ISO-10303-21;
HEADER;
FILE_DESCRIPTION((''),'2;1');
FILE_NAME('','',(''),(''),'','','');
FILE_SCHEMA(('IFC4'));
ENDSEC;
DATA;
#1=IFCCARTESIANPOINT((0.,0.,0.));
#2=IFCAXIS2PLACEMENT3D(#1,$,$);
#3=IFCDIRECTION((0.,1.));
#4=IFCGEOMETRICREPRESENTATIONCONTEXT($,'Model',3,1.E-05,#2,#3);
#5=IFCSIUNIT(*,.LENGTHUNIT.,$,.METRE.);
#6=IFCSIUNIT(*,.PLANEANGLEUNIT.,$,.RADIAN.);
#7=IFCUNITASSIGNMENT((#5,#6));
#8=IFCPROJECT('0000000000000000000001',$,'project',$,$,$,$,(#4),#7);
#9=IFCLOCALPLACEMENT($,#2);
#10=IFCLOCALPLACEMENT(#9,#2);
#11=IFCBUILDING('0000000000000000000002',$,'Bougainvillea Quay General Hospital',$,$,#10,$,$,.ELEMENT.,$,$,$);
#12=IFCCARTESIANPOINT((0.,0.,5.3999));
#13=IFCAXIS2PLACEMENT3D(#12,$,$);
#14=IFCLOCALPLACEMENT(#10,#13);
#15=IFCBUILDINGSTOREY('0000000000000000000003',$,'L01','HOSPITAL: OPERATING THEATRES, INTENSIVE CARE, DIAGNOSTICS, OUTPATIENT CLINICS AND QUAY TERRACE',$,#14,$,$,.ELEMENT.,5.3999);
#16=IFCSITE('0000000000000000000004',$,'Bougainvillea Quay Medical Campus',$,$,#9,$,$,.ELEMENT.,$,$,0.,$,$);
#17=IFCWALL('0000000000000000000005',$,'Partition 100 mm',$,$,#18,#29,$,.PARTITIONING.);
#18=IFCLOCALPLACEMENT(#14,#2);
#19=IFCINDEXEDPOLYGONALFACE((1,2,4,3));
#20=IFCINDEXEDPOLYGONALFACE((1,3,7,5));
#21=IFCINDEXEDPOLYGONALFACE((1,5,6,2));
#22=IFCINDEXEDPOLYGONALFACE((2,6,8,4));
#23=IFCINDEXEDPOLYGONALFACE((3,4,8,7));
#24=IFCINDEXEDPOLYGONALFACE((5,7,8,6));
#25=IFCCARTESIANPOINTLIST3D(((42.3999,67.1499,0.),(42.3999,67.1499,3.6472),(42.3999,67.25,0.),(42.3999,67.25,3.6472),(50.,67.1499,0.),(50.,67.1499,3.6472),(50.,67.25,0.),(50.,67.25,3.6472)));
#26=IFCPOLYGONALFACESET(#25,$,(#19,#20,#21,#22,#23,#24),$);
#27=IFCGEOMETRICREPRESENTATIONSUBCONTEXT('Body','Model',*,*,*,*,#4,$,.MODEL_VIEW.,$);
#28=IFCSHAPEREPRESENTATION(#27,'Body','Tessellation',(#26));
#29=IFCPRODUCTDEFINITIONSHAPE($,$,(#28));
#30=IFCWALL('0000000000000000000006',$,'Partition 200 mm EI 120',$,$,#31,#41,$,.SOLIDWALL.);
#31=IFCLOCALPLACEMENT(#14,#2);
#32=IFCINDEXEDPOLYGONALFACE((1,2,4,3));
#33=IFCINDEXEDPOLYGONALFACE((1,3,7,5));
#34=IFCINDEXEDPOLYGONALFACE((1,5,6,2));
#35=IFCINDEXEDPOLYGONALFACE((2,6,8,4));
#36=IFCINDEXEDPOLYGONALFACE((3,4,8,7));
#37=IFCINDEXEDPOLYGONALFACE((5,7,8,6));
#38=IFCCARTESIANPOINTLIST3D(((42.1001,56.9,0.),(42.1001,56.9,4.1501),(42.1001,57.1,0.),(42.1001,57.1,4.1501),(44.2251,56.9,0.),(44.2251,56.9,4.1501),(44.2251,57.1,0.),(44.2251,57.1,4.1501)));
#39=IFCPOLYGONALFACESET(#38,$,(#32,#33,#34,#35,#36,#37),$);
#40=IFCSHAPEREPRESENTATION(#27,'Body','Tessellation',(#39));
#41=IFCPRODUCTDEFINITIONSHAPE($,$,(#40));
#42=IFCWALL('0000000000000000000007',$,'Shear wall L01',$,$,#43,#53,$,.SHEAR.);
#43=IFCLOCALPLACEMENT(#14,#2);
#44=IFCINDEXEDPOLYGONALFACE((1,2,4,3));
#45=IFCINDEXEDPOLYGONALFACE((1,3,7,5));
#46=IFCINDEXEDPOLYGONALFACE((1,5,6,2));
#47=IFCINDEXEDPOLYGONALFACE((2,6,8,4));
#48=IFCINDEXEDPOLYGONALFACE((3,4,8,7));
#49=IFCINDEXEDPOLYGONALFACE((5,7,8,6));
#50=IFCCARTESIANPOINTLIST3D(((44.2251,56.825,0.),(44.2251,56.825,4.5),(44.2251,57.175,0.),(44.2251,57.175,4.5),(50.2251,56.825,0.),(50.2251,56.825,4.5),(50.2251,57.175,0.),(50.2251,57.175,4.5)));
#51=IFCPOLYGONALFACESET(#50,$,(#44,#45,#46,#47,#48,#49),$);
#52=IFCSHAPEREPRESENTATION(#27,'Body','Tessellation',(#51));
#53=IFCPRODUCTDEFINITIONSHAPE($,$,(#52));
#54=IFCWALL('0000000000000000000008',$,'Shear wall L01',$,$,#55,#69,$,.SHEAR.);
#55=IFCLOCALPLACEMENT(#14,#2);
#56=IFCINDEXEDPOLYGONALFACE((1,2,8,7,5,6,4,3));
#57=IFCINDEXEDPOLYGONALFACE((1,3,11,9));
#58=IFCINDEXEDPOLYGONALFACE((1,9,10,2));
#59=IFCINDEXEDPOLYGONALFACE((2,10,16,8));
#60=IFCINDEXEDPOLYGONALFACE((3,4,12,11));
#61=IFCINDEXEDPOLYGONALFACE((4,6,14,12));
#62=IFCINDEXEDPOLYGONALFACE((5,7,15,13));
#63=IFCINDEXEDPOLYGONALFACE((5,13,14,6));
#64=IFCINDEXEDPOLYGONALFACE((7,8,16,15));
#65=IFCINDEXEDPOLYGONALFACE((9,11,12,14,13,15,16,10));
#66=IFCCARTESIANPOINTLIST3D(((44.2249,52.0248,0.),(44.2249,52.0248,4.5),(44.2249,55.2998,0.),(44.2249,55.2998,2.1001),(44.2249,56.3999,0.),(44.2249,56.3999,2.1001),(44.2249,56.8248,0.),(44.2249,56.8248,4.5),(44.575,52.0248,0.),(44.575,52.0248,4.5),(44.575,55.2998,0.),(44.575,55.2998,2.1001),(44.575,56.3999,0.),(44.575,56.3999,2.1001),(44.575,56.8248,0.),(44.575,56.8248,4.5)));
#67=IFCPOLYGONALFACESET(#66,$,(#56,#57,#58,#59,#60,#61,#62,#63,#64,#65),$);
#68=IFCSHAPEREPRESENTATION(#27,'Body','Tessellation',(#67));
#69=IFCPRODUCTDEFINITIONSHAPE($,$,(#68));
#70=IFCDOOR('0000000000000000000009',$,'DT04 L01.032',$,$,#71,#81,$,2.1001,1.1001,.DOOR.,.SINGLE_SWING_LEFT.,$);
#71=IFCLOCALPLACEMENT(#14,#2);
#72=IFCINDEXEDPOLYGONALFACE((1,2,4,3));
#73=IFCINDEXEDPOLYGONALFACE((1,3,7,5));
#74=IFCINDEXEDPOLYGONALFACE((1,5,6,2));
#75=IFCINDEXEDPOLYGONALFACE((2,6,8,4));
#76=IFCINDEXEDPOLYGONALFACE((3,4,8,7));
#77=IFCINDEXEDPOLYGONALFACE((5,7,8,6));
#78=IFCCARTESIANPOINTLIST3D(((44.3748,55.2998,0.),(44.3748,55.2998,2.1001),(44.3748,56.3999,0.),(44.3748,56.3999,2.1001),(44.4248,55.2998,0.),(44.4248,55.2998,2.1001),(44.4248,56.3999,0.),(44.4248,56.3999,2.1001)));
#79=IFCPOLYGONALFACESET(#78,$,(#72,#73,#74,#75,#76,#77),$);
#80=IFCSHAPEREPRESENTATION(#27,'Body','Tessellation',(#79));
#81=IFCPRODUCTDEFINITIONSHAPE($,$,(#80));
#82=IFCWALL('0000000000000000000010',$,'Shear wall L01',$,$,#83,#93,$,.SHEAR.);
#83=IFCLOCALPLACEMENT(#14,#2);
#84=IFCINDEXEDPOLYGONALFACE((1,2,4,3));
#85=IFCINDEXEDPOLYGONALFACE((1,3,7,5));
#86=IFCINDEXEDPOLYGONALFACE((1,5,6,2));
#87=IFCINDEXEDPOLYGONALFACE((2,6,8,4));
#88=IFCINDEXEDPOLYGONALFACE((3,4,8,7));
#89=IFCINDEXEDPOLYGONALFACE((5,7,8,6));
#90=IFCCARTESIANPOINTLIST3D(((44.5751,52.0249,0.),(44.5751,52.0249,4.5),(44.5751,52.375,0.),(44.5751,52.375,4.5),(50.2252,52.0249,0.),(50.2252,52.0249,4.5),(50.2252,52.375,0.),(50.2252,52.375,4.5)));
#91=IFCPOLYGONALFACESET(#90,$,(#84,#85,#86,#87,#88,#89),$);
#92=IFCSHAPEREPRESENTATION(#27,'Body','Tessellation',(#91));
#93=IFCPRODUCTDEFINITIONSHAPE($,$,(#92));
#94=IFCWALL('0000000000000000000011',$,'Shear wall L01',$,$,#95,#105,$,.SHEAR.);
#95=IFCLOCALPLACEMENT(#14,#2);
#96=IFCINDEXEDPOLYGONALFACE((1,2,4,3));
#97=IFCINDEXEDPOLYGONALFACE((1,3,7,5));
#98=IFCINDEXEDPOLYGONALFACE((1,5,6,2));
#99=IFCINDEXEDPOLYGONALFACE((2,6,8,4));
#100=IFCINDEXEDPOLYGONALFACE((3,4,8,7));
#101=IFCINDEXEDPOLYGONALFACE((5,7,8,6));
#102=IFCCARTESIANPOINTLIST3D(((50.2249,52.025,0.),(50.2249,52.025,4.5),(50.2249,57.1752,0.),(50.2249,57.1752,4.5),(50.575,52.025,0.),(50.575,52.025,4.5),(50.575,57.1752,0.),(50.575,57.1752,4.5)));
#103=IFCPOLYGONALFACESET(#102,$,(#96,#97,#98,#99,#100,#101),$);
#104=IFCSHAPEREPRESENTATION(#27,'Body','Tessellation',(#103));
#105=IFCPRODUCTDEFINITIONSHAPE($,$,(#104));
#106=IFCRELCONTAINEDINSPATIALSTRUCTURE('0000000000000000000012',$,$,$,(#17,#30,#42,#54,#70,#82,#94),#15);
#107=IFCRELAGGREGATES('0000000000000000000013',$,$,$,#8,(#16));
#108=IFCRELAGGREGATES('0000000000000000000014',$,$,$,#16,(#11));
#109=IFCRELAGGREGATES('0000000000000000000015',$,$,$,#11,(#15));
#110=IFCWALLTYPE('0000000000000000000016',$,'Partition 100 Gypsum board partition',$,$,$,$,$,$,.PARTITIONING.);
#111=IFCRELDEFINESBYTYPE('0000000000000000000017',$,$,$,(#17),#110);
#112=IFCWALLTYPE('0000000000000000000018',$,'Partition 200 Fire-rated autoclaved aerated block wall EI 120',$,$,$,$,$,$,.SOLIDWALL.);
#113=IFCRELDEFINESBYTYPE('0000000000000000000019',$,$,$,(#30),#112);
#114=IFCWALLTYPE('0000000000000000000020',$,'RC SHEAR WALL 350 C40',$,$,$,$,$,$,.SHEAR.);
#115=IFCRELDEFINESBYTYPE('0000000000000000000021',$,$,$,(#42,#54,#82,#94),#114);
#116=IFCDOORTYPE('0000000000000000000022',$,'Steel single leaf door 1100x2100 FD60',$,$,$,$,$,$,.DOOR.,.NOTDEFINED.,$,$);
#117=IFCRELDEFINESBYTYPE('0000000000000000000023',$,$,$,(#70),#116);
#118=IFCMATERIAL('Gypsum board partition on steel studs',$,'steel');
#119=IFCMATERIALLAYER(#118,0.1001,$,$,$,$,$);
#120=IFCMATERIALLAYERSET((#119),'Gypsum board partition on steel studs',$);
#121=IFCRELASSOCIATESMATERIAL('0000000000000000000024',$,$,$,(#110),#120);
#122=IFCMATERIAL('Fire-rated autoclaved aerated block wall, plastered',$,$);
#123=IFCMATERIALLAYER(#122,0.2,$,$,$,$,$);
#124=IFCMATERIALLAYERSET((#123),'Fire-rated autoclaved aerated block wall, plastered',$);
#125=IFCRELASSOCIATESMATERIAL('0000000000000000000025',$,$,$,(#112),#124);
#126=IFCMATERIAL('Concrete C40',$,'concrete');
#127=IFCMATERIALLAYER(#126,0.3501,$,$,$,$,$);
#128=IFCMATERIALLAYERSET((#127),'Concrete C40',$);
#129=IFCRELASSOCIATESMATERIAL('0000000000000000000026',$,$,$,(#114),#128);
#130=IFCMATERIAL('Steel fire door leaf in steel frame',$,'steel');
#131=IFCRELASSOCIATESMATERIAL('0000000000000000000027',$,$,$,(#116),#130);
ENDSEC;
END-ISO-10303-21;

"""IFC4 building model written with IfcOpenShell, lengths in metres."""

from ifc_helpers import new_model, si_unit, direction, frame, frame_2d, origin, place, context, subcontext, project, spatial, rectangle, extrude, material, layer, layer_set, type_object, element, fill, save


model = new_model("IFC4")

# Units and contexts
model_context = context("Model", 3, precision=1e-05, world=origin(), true_north=direction((0.0, 1.0)))
body_context = subcontext(model_context, "Body", "Model", "MODEL_VIEW")
ifc_project = project(units=[si_unit("LENGTHUNIT", "METRE"), si_unit("PLANEANGLEUNIT", "RADIAN")], contexts=[model_context])

# Site, building, storey
site_placement = place(None, origin())
site = spatial("IfcSite", under=ifc_project, at=site_placement, Name="Bougainvillea Quay Medical Campus", CompositionType="ELEMENT", RefElevation=0.0)
building_placement = place(site_placement, origin())
building = spatial("IfcBuilding", under=site, at=building_placement, Name="Bougainvillea Quay General Hospital", CompositionType="ELEMENT")
storey_placement = place(building_placement, frame((0.0, 0.0, 5.3999)))
storey = spatial("IfcBuildingStorey", under=building, at=storey_placement, Name="L01", Description="HOSPITAL: OPERATING THEATRES, INTENSIVE CARE, DIAGNOSTICS, OUTPATIENT CLINICS AND QUAY TERRACE", CompositionType="ELEMENT", Elevation=5.3999)

# Shared definitions
ifc_material_1 = material(Name="Concrete C40", Category="concrete")

# Walls
ifc_material_2 = material(Name="Gypsum board partition on steel studs", Category="steel")
ifc_layer_1 = layer(ifc_material_2, 0.1001)
ifc_layer_set_1 = layer_set([ifc_layer_1], Name="Gypsum board partition on steel studs")
wall_type_1 = type_object("IfcWallType", Name="Partition 100 Gypsum board partition", PredefinedType="PARTITIONING", material=ifc_layer_set_1)
for number, where, z_axis, x_axis, name in (
    (1, (42.3999, 67.2, 0.0), (0.0, 0.0, 1.0), (1.0, 0.0, 0.0), "Partition 100 mm"),
):
    element("IfcWall", number, at=place(storey_placement, frame(where, z_axis=z_axis, x_axis=x_axis)), inside=storey, type_object=wall_type_1, Name=name, PredefinedType="PARTITIONING", context=body_context, shape_type="SweptSolid", body=[
        extrude(rectangle(XDim=7.6001, YDim=0.1001, at=frame_2d((3.8, 0.0))), origin(), (0.0, 0.0, 1.0), 3.6472),
    ])
ifc_material_3 = material(Name="Fire-rated autoclaved aerated block wall, plastered")
ifc_layer_2 = layer(ifc_material_3, 0.2)
ifc_layer_set_2 = layer_set([ifc_layer_2], Name="Fire-rated autoclaved aerated block wall, plastered")
wall_type_2 = type_object("IfcWallType", Name="Partition 200 Fire-rated autoclaved aerated block wall EI 120", PredefinedType="SOLIDWALL", material=ifc_layer_set_2)
wall_1_placement = place(storey_placement, frame((42.1001, 57.0, 0.0), z_axis=(0.0, 0.0, 1.0), x_axis=(1.0, 0.0, 0.0)))
element("IfcWall", 2, at=wall_1_placement, inside=storey, type_object=wall_type_2, Name="Partition 200 mm EI 120", PredefinedType="SOLIDWALL", context=body_context, shape_type="SweptSolid", body=[
    extrude(rectangle(XDim=2.125, YDim=0.2, at=frame_2d((1.0625, 0.0))), origin(), (0.0, 0.0, 1.0), 4.1501),
])
ifc_layer_3 = layer(ifc_material_1, 0.3501)
ifc_layer_set_3 = layer_set([ifc_layer_3], Name="Concrete C40")
wall_type_3 = type_object("IfcWallType", Name="RC SHEAR WALL 350 C40", PredefinedType="SHEAR", material=ifc_layer_set_3)
wall_2_placement = place(storey_placement, frame((44.2251, 57.0, 0.0), z_axis=(0.0, 0.0, 1.0), x_axis=(1.0, 0.0, 0.0)))
element("IfcWall", 3, at=wall_2_placement, inside=storey, type_object=wall_type_3, Name="Shear wall L01", PredefinedType="SHEAR", context=body_context, shape_type="SweptSolid", body=[
    extrude(rectangle(XDim=6.0, YDim=0.3501, at=frame_2d((3.0, 0.0))), origin(), (0.0, 0.0, 1.0), 4.5),
])

# Wall, opening, door
wall_3_placement = place(storey_placement, frame((44.3999, 52.0249, 0.0), z_axis=(0.0, 0.0, 1.0), x_axis=(0.0, 1.0, 0.0)))
wall_3 = element("IfcWall", 4, at=wall_3_placement, inside=storey, type_object=wall_type_3, Name="Shear wall L01", PredefinedType="SHEAR", context=body_context, shape_type="SweptSolid", body=[
    extrude(rectangle(XDim=4.8, YDim=0.3501, at=frame_2d((2.3999, 0.0))), origin(), (0.0, 0.0, 1.0), 4.5),
])
opening_1_placement = place(wall_3_placement, frame((3.2749, 0.0, 0.0)))
opening_1 = element("IfcOpeningElement", 5, at=opening_1_placement, cuts=wall_3, PredefinedType="OPENING", context=body_context, shape_type="SweptSolid", body=[
    extrude(rectangle(XDim=1.1001, YDim=2.1001, at=frame_2d((0.55, 1.05))), frame((0.0, 0.1851, 0.0), z_axis=(0.0, -1.0, 0.0), x_axis=(1.0, 0.0, 0.0)), (0.0, 0.0, 1.0), 0.3701),
])
ifc_material_4 = material(Name="Steel fire door leaf in steel frame", Category="steel")
door_type = type_object("IfcDoorType", Name="Steel single leaf door 1100x2100 FD60", OperationType="NOTDEFINED", PredefinedType="DOOR", material=ifc_material_4)
door_placement = place(opening_1_placement, frame((1.1001, 0.0, 0.0), z_axis=(0.0, 0.0, 1.0), x_axis=(-1.0, 0.0, 0.0)))
door = element("IfcDoor", 6, at=door_placement, inside=storey, type_object=door_type, Name="DT04 L01.032", OperationType="SINGLE_SWING_LEFT", OverallHeight=2.1001, OverallWidth=1.1001, PredefinedType="DOOR", context=body_context, shape_type="SweptSolid", body=[
    extrude(rectangle(XDim=1.1001, YDim=2.1001, at=frame_2d((0.55, 1.05))), frame((0.0, 0.0249, 0.0), z_axis=(0.0, -1.0, 0.0), x_axis=(1.0, 0.0, 0.0)), (0.0, 0.0, 1.0), 0.05),
])
fill(opening_1, door)

# Walls
wall_4_placement = place(storey_placement, frame((44.575, 52.2, 0.0), z_axis=(0.0, 0.0, 1.0), x_axis=(1.0, 0.0, 0.0)))
element("IfcWall", 7, at=wall_4_placement, inside=storey, type_object=wall_type_3, Name="Shear wall L01", PredefinedType="SHEAR", context=body_context, shape_type="SweptSolid", body=[
    extrude(rectangle(XDim=5.6501, YDim=0.3501, at=frame_2d((2.8252, 0.0))), origin(), (0.0, 0.0, 1.0), 4.5),
])
wall_5_placement = place(storey_placement, frame((50.3999, 52.0249, 0.0), z_axis=(0.0, 0.0, 1.0), x_axis=(0.0, 1.0, 0.0)))
element("IfcWall", 8, at=wall_5_placement, inside=storey, type_object=wall_type_3, Name="Shear wall L01", PredefinedType="SHEAR", context=body_context, shape_type="SweptSolid", body=[
    extrude(rectangle(XDim=5.1501, YDim=0.3501, at=frame_2d((2.5752, 0.0))), origin(), (0.0, 0.0, 1.0), 4.5),
])

save(model, "model.ifc")
